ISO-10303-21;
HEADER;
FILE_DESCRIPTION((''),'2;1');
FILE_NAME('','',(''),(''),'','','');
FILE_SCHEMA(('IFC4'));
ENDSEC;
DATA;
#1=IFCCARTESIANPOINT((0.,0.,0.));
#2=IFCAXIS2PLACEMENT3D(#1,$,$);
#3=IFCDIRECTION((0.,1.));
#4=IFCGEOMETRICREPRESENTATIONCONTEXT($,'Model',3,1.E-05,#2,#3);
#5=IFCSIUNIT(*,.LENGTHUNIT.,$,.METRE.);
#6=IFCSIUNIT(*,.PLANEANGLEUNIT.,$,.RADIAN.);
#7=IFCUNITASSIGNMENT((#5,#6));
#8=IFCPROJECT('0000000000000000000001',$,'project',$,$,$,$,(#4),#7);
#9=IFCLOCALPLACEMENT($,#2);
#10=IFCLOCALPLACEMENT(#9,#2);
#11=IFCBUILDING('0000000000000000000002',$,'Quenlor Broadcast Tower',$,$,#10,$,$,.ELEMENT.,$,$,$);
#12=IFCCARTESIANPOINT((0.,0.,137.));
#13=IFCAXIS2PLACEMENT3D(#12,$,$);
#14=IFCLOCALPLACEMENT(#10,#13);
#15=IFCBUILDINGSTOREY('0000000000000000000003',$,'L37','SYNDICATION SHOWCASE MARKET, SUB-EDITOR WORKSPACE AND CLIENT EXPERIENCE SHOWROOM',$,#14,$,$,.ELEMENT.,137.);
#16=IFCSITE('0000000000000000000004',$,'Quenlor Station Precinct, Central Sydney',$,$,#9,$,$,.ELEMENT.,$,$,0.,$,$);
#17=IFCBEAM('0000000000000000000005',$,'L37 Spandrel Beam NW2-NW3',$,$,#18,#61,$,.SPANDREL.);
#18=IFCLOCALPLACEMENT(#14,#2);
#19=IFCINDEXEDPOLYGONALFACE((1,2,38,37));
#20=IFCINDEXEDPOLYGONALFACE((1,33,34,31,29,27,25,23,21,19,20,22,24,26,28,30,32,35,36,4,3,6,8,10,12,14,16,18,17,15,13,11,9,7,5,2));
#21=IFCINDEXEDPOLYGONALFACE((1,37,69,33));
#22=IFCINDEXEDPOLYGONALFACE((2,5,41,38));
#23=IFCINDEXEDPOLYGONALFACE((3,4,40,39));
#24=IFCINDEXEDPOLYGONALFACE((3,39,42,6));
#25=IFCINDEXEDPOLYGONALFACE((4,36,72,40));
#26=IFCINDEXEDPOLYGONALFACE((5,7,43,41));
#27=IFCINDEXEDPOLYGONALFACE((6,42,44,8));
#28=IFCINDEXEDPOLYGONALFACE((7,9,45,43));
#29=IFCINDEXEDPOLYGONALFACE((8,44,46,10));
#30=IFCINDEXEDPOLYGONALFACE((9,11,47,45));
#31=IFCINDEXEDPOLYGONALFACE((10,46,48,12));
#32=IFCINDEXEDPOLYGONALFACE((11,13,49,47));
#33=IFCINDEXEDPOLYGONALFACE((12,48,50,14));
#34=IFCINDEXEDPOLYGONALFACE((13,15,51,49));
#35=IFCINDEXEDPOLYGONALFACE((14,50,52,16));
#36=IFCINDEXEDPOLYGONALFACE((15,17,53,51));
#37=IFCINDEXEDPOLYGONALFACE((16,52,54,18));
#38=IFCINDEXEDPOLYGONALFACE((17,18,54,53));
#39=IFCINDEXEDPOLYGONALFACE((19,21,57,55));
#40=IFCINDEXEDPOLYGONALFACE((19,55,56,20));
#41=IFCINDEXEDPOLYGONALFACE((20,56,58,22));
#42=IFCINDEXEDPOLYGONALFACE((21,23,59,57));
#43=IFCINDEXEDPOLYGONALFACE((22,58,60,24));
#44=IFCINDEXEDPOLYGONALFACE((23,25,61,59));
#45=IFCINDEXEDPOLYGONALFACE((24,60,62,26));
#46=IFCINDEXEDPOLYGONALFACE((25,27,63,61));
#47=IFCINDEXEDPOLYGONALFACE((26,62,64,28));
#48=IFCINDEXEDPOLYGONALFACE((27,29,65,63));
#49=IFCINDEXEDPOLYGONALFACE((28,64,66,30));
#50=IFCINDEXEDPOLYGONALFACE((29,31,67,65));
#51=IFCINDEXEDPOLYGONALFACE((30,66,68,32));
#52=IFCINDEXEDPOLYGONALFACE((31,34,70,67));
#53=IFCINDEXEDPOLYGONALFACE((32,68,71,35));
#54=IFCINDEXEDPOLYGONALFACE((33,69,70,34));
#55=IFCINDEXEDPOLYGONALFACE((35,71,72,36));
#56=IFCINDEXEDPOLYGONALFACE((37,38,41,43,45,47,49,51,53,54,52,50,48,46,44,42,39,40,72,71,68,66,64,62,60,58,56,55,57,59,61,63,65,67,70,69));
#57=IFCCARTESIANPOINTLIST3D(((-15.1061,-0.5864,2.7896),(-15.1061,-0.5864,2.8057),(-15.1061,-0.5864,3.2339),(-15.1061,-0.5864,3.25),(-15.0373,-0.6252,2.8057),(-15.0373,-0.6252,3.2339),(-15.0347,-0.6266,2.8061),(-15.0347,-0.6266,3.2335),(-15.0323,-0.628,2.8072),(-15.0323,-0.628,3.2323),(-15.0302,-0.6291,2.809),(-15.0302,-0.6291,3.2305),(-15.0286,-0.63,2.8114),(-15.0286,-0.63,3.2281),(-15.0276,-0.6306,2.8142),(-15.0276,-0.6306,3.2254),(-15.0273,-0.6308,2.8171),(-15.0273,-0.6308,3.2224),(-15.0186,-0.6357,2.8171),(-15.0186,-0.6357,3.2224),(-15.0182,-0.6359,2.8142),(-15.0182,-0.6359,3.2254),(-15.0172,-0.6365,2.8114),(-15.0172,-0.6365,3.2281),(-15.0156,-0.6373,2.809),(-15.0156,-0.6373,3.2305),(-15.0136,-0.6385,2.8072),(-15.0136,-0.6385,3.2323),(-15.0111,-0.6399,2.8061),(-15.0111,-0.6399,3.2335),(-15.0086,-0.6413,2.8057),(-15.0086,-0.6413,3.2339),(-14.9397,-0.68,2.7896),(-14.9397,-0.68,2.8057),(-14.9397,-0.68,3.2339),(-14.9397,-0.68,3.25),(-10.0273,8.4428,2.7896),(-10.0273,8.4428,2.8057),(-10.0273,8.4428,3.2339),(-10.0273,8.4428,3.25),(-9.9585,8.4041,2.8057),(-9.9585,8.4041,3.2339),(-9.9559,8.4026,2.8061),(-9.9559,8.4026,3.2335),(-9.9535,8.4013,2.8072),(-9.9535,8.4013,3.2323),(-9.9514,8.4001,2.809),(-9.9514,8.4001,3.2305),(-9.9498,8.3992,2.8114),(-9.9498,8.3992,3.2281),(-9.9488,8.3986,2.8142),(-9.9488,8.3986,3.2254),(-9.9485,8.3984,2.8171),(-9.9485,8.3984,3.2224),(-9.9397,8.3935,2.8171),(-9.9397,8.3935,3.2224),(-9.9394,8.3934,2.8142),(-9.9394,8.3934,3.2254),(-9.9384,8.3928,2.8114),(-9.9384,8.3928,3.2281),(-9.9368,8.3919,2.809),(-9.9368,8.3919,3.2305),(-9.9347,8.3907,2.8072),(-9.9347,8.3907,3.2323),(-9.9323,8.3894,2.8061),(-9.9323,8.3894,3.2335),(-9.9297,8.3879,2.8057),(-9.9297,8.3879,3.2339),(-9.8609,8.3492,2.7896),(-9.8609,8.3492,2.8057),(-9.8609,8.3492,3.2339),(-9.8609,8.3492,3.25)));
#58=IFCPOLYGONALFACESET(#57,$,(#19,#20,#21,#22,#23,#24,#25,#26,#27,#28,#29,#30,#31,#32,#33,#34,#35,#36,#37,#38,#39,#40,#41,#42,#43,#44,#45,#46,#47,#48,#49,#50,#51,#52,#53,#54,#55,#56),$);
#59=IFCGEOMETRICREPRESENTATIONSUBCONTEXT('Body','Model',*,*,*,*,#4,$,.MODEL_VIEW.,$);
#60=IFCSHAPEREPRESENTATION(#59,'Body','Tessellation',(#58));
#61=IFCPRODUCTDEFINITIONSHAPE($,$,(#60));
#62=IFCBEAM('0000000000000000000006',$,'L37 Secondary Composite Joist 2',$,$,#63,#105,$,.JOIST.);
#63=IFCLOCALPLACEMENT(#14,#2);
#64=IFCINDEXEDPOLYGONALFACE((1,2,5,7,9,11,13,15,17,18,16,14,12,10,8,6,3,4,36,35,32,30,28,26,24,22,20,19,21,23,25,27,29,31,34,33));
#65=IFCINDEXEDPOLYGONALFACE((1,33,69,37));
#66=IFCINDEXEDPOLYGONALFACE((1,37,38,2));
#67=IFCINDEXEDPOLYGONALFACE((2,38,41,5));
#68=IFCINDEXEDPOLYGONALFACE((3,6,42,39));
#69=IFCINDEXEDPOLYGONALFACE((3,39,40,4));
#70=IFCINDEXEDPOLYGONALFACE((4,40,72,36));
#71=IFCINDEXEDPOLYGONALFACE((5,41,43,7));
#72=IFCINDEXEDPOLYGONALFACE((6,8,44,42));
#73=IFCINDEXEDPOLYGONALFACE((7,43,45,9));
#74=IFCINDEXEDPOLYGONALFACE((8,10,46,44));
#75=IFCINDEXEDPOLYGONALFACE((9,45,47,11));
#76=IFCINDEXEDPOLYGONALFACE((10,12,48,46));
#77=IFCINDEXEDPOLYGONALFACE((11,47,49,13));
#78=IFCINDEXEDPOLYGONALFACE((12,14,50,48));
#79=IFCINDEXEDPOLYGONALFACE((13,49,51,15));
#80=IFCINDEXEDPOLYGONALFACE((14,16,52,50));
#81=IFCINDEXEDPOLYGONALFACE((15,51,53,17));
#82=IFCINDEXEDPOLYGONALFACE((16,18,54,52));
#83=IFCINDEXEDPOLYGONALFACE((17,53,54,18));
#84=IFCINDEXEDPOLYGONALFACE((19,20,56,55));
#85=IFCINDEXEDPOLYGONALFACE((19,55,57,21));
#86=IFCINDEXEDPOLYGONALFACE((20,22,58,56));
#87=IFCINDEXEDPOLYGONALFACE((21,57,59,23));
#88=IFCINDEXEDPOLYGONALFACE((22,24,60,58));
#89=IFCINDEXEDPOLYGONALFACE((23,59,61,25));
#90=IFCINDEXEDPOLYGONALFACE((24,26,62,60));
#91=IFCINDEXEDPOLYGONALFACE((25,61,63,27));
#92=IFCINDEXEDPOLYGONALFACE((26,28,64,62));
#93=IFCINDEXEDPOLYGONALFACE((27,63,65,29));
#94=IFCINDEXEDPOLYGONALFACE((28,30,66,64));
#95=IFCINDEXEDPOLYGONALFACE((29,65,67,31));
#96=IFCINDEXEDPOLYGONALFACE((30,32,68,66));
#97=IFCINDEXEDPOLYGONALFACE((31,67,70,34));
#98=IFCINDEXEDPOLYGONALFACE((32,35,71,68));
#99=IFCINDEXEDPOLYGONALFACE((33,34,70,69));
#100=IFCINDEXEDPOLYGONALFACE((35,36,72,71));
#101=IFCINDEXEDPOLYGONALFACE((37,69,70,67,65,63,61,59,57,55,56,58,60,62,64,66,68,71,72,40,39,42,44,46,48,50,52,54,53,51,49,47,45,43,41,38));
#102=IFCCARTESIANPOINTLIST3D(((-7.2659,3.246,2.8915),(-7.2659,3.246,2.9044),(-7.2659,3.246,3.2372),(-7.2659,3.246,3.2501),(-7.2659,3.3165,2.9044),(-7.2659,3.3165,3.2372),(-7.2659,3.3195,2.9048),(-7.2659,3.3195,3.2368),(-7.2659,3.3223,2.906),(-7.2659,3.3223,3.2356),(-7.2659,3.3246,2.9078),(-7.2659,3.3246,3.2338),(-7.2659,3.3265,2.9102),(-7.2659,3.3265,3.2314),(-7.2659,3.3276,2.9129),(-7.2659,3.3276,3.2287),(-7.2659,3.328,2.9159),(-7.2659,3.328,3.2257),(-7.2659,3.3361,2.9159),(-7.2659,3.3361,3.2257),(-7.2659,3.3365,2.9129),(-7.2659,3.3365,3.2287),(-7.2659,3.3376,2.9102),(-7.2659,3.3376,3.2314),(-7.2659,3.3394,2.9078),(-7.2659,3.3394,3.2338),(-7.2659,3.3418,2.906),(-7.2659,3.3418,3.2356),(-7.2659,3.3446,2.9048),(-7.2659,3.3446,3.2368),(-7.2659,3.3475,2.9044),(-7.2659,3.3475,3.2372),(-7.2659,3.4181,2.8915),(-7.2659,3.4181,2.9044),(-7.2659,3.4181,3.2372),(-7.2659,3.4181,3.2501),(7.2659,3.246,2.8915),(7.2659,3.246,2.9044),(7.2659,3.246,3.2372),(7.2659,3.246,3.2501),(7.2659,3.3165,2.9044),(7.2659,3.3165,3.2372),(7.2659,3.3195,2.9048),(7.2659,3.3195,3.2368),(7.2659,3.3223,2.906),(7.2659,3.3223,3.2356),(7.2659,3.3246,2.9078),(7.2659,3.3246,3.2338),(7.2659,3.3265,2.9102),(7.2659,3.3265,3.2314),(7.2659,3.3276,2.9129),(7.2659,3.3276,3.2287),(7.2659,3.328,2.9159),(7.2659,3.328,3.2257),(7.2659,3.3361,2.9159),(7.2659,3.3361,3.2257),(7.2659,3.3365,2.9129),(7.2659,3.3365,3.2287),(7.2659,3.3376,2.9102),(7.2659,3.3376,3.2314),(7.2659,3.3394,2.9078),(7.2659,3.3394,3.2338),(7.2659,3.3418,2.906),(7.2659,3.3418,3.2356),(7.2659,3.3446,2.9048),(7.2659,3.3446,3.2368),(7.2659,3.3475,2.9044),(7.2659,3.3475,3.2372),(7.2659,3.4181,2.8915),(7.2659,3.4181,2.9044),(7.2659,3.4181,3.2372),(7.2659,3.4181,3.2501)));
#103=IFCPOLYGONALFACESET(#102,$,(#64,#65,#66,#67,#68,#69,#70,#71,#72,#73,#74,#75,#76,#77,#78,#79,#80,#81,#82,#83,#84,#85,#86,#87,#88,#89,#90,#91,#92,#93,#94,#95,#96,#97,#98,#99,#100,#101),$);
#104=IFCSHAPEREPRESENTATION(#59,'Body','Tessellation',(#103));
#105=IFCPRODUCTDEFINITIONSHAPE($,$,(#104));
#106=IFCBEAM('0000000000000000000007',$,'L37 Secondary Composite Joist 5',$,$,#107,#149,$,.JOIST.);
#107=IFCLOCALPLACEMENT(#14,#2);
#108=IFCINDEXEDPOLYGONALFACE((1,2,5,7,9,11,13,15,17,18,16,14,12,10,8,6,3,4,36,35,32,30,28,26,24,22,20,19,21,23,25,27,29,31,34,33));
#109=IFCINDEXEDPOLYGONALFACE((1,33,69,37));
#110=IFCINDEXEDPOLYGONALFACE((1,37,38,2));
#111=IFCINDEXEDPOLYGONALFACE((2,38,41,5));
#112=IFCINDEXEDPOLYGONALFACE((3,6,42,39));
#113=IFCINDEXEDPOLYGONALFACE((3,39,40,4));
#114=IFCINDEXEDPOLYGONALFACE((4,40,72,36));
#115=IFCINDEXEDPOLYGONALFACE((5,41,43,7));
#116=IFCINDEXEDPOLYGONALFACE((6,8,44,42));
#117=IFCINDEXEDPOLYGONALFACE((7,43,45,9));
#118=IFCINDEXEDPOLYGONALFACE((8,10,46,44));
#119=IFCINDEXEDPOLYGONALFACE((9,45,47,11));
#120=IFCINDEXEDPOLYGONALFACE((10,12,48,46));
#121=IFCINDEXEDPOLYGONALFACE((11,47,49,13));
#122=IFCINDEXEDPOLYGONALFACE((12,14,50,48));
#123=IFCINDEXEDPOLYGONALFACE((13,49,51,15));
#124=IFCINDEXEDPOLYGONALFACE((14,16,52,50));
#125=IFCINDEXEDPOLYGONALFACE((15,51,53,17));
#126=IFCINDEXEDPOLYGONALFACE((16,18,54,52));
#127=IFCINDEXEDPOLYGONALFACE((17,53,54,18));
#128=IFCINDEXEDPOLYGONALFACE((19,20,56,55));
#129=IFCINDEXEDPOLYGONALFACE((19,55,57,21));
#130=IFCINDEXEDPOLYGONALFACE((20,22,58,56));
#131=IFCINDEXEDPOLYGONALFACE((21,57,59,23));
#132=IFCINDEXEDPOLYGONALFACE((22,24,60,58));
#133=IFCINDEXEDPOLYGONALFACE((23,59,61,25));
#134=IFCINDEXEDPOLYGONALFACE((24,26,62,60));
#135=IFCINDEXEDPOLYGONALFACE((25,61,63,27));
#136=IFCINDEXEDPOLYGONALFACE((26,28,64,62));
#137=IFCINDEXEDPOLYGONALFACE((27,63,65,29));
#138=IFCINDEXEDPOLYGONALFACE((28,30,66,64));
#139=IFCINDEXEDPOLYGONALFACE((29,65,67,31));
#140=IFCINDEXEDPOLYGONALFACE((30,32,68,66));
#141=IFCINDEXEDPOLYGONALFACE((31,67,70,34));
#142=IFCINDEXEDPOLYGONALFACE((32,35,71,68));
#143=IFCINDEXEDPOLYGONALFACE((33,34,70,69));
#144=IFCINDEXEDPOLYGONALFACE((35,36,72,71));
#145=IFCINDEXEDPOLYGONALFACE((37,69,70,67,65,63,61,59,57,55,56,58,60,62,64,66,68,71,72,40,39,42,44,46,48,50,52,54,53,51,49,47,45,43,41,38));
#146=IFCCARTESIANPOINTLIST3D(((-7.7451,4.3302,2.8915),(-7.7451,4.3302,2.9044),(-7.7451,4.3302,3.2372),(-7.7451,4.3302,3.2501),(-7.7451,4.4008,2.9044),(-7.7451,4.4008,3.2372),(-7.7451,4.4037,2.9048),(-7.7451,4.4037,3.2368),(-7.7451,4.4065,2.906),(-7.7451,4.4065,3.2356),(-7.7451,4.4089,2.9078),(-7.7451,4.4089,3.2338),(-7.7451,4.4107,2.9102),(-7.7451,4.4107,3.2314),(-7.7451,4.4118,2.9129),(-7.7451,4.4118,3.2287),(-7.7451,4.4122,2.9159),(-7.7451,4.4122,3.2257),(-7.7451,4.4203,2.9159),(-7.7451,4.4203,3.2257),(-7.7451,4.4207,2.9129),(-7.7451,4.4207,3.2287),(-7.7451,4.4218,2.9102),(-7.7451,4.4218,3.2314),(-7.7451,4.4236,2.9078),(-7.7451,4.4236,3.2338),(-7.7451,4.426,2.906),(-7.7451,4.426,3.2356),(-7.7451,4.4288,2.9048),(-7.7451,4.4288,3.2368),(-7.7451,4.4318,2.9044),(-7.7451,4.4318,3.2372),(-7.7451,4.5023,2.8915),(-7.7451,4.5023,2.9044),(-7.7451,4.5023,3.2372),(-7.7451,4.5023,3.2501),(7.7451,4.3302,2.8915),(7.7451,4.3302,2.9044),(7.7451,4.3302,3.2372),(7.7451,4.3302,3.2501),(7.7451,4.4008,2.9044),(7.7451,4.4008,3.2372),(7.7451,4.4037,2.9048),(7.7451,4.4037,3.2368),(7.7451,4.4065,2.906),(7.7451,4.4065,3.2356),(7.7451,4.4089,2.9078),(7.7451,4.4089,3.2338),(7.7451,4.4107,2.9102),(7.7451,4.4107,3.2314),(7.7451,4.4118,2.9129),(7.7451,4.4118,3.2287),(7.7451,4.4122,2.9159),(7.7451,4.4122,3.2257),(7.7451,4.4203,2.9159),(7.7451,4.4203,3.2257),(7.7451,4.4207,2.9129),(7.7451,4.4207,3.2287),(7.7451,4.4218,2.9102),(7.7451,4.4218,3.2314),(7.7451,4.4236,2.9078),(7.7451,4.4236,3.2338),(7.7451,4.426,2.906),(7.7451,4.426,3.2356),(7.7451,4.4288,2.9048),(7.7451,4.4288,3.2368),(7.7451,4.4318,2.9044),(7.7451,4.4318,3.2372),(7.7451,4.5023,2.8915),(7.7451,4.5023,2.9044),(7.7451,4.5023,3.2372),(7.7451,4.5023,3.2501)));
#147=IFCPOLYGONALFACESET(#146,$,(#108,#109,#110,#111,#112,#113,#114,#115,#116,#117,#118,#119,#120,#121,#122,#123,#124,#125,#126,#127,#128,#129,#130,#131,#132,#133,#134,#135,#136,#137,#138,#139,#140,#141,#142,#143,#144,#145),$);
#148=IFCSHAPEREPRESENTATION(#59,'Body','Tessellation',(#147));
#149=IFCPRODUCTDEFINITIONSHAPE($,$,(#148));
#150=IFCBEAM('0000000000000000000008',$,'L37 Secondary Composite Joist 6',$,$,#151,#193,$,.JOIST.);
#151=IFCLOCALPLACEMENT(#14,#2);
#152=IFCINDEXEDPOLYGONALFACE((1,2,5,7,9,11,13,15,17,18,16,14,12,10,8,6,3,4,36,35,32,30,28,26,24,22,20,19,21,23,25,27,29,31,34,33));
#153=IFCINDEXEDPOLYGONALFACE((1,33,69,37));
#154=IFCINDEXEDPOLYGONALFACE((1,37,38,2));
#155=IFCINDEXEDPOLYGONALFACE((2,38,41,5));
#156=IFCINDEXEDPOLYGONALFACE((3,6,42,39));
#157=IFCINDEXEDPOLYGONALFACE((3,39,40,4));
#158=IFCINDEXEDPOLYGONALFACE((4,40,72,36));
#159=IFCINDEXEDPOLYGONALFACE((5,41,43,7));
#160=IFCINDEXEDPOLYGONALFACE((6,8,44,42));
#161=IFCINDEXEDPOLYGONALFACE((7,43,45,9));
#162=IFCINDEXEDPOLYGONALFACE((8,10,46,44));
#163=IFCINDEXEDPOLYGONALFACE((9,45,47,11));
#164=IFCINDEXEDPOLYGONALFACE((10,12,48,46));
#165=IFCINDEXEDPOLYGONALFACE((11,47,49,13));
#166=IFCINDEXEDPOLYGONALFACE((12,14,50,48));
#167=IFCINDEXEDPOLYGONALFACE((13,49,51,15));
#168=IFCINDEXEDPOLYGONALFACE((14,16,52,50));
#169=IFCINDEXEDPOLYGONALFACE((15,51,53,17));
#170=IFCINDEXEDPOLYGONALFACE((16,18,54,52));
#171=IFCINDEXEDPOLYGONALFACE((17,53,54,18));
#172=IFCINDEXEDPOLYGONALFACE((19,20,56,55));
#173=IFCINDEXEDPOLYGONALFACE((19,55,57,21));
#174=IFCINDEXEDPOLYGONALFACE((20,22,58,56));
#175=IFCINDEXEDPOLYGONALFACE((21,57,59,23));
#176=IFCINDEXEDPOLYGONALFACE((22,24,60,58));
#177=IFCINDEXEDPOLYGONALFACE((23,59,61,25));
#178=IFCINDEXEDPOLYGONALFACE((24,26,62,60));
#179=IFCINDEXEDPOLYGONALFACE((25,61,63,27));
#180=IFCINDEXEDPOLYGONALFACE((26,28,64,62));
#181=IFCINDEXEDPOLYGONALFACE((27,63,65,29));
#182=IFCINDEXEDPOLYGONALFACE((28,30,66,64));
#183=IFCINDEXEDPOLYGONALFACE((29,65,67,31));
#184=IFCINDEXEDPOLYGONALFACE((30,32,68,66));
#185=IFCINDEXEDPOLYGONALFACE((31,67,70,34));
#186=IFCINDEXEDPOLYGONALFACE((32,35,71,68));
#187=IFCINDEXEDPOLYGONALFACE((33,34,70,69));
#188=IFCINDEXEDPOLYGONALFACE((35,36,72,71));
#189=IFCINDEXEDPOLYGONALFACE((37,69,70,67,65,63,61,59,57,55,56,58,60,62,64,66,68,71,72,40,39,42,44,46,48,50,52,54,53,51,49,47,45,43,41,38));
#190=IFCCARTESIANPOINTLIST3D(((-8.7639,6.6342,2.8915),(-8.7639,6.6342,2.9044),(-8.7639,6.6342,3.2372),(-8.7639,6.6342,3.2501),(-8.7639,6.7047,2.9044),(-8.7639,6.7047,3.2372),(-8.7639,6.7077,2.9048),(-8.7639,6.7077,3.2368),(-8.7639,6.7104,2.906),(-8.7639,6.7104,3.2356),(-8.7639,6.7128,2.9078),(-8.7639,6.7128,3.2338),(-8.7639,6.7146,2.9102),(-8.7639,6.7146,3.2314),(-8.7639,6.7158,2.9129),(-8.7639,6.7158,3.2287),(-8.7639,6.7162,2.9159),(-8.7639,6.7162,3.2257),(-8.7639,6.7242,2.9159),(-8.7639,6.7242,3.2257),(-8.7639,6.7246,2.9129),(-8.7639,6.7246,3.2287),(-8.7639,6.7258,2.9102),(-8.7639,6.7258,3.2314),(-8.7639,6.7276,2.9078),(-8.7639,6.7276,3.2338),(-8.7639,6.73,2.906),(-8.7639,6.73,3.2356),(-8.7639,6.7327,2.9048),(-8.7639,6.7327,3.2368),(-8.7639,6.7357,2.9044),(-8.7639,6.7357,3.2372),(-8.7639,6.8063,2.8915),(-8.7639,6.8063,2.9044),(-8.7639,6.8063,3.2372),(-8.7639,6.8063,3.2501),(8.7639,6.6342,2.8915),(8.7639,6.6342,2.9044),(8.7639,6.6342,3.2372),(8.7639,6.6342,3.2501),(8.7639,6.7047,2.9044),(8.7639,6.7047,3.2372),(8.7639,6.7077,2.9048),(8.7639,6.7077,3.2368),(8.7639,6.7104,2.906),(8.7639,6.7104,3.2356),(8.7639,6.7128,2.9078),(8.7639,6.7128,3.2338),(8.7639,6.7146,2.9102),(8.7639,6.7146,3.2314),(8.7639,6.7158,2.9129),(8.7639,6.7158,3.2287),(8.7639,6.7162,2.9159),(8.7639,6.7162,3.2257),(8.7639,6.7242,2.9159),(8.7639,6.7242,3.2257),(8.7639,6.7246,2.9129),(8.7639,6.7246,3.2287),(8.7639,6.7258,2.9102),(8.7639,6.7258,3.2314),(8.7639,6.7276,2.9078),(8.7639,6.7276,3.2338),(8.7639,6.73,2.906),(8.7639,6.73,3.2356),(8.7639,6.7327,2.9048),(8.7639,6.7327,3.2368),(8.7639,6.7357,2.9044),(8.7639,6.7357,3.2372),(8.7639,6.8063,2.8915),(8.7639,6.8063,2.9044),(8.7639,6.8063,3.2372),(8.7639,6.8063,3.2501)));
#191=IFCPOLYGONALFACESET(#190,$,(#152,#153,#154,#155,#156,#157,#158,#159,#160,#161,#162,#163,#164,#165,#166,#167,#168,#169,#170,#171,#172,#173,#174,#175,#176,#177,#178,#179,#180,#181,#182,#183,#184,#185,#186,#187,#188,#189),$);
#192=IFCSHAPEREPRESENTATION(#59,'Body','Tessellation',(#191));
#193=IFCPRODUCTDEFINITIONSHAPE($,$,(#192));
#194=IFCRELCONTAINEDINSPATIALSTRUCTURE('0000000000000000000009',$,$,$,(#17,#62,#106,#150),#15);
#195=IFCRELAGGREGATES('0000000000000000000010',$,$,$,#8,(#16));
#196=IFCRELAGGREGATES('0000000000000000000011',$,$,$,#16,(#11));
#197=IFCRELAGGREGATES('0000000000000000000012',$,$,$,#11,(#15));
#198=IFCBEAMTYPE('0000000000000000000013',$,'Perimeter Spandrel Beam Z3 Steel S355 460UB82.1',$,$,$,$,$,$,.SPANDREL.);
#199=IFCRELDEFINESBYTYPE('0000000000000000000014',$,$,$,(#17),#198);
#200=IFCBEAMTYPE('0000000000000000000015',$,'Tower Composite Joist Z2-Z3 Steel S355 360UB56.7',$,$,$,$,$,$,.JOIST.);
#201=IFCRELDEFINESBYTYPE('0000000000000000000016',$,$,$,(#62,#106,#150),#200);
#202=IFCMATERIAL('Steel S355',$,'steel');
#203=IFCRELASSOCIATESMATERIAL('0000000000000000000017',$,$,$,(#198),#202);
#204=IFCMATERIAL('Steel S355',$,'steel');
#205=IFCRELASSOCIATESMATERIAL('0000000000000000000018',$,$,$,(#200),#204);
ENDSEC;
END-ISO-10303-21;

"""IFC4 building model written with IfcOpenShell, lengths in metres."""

from ifc_helpers import new_model, si_unit, direction, frame, origin, origin_2d, place, context, subcontext, project, spatial, i_section, extrude, material, material_profile, profile_set, type_object, element, save


model = new_model("IFC4")

# Units and contexts
model_context = context("Model", 3, precision=1e-05, world=origin(), true_north=direction((0.0, 1.0)))
body_context = subcontext(model_context, "Body", "Model", "MODEL_VIEW")
ifc_project = project(units=[si_unit("LENGTHUNIT", "METRE"), si_unit("PLANEANGLEUNIT", "RADIAN")], contexts=[model_context])

# Site, building, storey
site_placement = place(None, origin())
site = spatial("IfcSite", under=ifc_project, at=site_placement, Name="Quenlor Station Precinct, Central Sydney", CompositionType="ELEMENT", RefElevation=0.0)
building_placement = place(site_placement, origin())
building = spatial("IfcBuilding", under=site, at=building_placement, Name="Quenlor Broadcast Tower", CompositionType="ELEMENT")
storey_placement = place(building_placement, frame((0.0, 0.0, 137.0)))
storey = spatial("IfcBuildingStorey", under=building, at=storey_placement, Name="L37", Description="SYNDICATION SHOWCASE MARKET, SUB-EDITOR WORKSPACE AND CLIENT EXPERIENCE SHOWROOM", CompositionType="ELEMENT", Elevation=137.0)

# Beams
ifc_material_1 = material(Name="Steel S355", Category="steel")
ifc_material_profile_1 = material_profile(ifc_material_1, i_section(OverallWidth=0.1909, OverallDepth=0.4604, WebThickness=0.01, FlangeThickness=0.0161, FilletRadius=0.0115, at=origin_2d()))
ifc_profile_set_1 = profile_set([ifc_material_profile_1], Name="Steel S355 460UB82.1")
beam_type_1 = type_object("IfcBeamType", Name="Perimeter Spandrel Beam Z3 Steel S355 460UB82.1", PredefinedType="SPANDREL", material=ifc_profile_set_1)
beam_1_placement = place(storey_placement, frame((-9.9441, 8.396, 3.0198), z_axis=(-0.490252, -0.871581, 0.0), x_axis=(0.871581, -0.490252, 0.0)))
element("IfcBeam", 1, at=beam_1_placement, inside=storey, type_object=beam_type_1, Name="L37 Spandrel Beam NW2-NW3", PredefinedType="SPANDREL", context=body_context, shape_type="SweptSolid", body=[
    extrude(i_section(OverallWidth=0.1909, OverallDepth=0.4604, WebThickness=0.01, FlangeThickness=0.0161, FilletRadius=0.0115, at=origin_2d()), origin(), (0.0, 0.0, 1.0), 10.3596),
])
ifc_material_2 = material(Name="Steel S355", Category="steel")
ifc_material_profile_2 = material_profile(ifc_material_2, i_section(OverallWidth=0.1721, OverallDepth=0.3586, WebThickness=0.0081, FlangeThickness=0.0129, FilletRadius=0.0115, at=origin_2d()))
ifc_profile_set_2 = profile_set([ifc_material_profile_2], Name="Steel S355 360UB56.7")
beam_type_2 = type_object("IfcBeamType", Name="Tower Composite Joist Z2-Z3 Steel S355 360UB56.7", PredefinedType="JOIST", material=ifc_profile_set_2)
beam_2_placement = place(storey_placement, frame((-7.2659, 3.332, 3.0708), z_axis=(1.0, 0.0, 0.0), x_axis=(0.0, 1.0, 0.0)))
element("IfcBeam", 2, at=beam_2_placement, inside=storey, type_object=beam_type_2, Name="L37 Secondary Composite Joist 2", PredefinedType="JOIST", context=body_context, shape_type="SweptSolid", body=[
    extrude(i_section(OverallWidth=0.1721, OverallDepth=0.3586, WebThickness=0.0081, FlangeThickness=0.0129, FilletRadius=0.0115, at=origin_2d()), origin(), (0.0, 0.0, 1.0), 14.5317),
])
beam_3_placement = place(storey_placement, frame((-7.7451, 4.4163, 3.0708), z_axis=(1.0, 0.0, 0.0), x_axis=(0.0, 1.0, 0.0)))
element("IfcBeam", 3, at=beam_3_placement, inside=storey, type_object=beam_type_2, Name="L37 Secondary Composite Joist 5", PredefinedType="JOIST", context=body_context, shape_type="SweptSolid", body=[
    extrude(i_section(OverallWidth=0.1721, OverallDepth=0.3586, WebThickness=0.0081, FlangeThickness=0.0129, FilletRadius=0.0115, at=origin_2d()), origin(), (0.0, 0.0, 1.0), 15.4902),
])
beam_4_placement = place(storey_placement, frame((-8.7639, 6.7202, 3.0708), z_axis=(1.0, 0.0, 0.0), x_axis=(0.0, 1.0, 0.0)))
element("IfcBeam", 4, at=beam_4_placement, inside=storey, type_object=beam_type_2, Name="L37 Secondary Composite Joist 6", PredefinedType="JOIST", context=body_context, shape_type="SweptSolid", body=[
    extrude(i_section(OverallWidth=0.1721, OverallDepth=0.3586, WebThickness=0.0081, FlangeThickness=0.0129, FilletRadius=0.0115, at=origin_2d()), origin(), (0.0, 0.0, 1.0), 17.5278),
])

save(model, "model.ifc")
